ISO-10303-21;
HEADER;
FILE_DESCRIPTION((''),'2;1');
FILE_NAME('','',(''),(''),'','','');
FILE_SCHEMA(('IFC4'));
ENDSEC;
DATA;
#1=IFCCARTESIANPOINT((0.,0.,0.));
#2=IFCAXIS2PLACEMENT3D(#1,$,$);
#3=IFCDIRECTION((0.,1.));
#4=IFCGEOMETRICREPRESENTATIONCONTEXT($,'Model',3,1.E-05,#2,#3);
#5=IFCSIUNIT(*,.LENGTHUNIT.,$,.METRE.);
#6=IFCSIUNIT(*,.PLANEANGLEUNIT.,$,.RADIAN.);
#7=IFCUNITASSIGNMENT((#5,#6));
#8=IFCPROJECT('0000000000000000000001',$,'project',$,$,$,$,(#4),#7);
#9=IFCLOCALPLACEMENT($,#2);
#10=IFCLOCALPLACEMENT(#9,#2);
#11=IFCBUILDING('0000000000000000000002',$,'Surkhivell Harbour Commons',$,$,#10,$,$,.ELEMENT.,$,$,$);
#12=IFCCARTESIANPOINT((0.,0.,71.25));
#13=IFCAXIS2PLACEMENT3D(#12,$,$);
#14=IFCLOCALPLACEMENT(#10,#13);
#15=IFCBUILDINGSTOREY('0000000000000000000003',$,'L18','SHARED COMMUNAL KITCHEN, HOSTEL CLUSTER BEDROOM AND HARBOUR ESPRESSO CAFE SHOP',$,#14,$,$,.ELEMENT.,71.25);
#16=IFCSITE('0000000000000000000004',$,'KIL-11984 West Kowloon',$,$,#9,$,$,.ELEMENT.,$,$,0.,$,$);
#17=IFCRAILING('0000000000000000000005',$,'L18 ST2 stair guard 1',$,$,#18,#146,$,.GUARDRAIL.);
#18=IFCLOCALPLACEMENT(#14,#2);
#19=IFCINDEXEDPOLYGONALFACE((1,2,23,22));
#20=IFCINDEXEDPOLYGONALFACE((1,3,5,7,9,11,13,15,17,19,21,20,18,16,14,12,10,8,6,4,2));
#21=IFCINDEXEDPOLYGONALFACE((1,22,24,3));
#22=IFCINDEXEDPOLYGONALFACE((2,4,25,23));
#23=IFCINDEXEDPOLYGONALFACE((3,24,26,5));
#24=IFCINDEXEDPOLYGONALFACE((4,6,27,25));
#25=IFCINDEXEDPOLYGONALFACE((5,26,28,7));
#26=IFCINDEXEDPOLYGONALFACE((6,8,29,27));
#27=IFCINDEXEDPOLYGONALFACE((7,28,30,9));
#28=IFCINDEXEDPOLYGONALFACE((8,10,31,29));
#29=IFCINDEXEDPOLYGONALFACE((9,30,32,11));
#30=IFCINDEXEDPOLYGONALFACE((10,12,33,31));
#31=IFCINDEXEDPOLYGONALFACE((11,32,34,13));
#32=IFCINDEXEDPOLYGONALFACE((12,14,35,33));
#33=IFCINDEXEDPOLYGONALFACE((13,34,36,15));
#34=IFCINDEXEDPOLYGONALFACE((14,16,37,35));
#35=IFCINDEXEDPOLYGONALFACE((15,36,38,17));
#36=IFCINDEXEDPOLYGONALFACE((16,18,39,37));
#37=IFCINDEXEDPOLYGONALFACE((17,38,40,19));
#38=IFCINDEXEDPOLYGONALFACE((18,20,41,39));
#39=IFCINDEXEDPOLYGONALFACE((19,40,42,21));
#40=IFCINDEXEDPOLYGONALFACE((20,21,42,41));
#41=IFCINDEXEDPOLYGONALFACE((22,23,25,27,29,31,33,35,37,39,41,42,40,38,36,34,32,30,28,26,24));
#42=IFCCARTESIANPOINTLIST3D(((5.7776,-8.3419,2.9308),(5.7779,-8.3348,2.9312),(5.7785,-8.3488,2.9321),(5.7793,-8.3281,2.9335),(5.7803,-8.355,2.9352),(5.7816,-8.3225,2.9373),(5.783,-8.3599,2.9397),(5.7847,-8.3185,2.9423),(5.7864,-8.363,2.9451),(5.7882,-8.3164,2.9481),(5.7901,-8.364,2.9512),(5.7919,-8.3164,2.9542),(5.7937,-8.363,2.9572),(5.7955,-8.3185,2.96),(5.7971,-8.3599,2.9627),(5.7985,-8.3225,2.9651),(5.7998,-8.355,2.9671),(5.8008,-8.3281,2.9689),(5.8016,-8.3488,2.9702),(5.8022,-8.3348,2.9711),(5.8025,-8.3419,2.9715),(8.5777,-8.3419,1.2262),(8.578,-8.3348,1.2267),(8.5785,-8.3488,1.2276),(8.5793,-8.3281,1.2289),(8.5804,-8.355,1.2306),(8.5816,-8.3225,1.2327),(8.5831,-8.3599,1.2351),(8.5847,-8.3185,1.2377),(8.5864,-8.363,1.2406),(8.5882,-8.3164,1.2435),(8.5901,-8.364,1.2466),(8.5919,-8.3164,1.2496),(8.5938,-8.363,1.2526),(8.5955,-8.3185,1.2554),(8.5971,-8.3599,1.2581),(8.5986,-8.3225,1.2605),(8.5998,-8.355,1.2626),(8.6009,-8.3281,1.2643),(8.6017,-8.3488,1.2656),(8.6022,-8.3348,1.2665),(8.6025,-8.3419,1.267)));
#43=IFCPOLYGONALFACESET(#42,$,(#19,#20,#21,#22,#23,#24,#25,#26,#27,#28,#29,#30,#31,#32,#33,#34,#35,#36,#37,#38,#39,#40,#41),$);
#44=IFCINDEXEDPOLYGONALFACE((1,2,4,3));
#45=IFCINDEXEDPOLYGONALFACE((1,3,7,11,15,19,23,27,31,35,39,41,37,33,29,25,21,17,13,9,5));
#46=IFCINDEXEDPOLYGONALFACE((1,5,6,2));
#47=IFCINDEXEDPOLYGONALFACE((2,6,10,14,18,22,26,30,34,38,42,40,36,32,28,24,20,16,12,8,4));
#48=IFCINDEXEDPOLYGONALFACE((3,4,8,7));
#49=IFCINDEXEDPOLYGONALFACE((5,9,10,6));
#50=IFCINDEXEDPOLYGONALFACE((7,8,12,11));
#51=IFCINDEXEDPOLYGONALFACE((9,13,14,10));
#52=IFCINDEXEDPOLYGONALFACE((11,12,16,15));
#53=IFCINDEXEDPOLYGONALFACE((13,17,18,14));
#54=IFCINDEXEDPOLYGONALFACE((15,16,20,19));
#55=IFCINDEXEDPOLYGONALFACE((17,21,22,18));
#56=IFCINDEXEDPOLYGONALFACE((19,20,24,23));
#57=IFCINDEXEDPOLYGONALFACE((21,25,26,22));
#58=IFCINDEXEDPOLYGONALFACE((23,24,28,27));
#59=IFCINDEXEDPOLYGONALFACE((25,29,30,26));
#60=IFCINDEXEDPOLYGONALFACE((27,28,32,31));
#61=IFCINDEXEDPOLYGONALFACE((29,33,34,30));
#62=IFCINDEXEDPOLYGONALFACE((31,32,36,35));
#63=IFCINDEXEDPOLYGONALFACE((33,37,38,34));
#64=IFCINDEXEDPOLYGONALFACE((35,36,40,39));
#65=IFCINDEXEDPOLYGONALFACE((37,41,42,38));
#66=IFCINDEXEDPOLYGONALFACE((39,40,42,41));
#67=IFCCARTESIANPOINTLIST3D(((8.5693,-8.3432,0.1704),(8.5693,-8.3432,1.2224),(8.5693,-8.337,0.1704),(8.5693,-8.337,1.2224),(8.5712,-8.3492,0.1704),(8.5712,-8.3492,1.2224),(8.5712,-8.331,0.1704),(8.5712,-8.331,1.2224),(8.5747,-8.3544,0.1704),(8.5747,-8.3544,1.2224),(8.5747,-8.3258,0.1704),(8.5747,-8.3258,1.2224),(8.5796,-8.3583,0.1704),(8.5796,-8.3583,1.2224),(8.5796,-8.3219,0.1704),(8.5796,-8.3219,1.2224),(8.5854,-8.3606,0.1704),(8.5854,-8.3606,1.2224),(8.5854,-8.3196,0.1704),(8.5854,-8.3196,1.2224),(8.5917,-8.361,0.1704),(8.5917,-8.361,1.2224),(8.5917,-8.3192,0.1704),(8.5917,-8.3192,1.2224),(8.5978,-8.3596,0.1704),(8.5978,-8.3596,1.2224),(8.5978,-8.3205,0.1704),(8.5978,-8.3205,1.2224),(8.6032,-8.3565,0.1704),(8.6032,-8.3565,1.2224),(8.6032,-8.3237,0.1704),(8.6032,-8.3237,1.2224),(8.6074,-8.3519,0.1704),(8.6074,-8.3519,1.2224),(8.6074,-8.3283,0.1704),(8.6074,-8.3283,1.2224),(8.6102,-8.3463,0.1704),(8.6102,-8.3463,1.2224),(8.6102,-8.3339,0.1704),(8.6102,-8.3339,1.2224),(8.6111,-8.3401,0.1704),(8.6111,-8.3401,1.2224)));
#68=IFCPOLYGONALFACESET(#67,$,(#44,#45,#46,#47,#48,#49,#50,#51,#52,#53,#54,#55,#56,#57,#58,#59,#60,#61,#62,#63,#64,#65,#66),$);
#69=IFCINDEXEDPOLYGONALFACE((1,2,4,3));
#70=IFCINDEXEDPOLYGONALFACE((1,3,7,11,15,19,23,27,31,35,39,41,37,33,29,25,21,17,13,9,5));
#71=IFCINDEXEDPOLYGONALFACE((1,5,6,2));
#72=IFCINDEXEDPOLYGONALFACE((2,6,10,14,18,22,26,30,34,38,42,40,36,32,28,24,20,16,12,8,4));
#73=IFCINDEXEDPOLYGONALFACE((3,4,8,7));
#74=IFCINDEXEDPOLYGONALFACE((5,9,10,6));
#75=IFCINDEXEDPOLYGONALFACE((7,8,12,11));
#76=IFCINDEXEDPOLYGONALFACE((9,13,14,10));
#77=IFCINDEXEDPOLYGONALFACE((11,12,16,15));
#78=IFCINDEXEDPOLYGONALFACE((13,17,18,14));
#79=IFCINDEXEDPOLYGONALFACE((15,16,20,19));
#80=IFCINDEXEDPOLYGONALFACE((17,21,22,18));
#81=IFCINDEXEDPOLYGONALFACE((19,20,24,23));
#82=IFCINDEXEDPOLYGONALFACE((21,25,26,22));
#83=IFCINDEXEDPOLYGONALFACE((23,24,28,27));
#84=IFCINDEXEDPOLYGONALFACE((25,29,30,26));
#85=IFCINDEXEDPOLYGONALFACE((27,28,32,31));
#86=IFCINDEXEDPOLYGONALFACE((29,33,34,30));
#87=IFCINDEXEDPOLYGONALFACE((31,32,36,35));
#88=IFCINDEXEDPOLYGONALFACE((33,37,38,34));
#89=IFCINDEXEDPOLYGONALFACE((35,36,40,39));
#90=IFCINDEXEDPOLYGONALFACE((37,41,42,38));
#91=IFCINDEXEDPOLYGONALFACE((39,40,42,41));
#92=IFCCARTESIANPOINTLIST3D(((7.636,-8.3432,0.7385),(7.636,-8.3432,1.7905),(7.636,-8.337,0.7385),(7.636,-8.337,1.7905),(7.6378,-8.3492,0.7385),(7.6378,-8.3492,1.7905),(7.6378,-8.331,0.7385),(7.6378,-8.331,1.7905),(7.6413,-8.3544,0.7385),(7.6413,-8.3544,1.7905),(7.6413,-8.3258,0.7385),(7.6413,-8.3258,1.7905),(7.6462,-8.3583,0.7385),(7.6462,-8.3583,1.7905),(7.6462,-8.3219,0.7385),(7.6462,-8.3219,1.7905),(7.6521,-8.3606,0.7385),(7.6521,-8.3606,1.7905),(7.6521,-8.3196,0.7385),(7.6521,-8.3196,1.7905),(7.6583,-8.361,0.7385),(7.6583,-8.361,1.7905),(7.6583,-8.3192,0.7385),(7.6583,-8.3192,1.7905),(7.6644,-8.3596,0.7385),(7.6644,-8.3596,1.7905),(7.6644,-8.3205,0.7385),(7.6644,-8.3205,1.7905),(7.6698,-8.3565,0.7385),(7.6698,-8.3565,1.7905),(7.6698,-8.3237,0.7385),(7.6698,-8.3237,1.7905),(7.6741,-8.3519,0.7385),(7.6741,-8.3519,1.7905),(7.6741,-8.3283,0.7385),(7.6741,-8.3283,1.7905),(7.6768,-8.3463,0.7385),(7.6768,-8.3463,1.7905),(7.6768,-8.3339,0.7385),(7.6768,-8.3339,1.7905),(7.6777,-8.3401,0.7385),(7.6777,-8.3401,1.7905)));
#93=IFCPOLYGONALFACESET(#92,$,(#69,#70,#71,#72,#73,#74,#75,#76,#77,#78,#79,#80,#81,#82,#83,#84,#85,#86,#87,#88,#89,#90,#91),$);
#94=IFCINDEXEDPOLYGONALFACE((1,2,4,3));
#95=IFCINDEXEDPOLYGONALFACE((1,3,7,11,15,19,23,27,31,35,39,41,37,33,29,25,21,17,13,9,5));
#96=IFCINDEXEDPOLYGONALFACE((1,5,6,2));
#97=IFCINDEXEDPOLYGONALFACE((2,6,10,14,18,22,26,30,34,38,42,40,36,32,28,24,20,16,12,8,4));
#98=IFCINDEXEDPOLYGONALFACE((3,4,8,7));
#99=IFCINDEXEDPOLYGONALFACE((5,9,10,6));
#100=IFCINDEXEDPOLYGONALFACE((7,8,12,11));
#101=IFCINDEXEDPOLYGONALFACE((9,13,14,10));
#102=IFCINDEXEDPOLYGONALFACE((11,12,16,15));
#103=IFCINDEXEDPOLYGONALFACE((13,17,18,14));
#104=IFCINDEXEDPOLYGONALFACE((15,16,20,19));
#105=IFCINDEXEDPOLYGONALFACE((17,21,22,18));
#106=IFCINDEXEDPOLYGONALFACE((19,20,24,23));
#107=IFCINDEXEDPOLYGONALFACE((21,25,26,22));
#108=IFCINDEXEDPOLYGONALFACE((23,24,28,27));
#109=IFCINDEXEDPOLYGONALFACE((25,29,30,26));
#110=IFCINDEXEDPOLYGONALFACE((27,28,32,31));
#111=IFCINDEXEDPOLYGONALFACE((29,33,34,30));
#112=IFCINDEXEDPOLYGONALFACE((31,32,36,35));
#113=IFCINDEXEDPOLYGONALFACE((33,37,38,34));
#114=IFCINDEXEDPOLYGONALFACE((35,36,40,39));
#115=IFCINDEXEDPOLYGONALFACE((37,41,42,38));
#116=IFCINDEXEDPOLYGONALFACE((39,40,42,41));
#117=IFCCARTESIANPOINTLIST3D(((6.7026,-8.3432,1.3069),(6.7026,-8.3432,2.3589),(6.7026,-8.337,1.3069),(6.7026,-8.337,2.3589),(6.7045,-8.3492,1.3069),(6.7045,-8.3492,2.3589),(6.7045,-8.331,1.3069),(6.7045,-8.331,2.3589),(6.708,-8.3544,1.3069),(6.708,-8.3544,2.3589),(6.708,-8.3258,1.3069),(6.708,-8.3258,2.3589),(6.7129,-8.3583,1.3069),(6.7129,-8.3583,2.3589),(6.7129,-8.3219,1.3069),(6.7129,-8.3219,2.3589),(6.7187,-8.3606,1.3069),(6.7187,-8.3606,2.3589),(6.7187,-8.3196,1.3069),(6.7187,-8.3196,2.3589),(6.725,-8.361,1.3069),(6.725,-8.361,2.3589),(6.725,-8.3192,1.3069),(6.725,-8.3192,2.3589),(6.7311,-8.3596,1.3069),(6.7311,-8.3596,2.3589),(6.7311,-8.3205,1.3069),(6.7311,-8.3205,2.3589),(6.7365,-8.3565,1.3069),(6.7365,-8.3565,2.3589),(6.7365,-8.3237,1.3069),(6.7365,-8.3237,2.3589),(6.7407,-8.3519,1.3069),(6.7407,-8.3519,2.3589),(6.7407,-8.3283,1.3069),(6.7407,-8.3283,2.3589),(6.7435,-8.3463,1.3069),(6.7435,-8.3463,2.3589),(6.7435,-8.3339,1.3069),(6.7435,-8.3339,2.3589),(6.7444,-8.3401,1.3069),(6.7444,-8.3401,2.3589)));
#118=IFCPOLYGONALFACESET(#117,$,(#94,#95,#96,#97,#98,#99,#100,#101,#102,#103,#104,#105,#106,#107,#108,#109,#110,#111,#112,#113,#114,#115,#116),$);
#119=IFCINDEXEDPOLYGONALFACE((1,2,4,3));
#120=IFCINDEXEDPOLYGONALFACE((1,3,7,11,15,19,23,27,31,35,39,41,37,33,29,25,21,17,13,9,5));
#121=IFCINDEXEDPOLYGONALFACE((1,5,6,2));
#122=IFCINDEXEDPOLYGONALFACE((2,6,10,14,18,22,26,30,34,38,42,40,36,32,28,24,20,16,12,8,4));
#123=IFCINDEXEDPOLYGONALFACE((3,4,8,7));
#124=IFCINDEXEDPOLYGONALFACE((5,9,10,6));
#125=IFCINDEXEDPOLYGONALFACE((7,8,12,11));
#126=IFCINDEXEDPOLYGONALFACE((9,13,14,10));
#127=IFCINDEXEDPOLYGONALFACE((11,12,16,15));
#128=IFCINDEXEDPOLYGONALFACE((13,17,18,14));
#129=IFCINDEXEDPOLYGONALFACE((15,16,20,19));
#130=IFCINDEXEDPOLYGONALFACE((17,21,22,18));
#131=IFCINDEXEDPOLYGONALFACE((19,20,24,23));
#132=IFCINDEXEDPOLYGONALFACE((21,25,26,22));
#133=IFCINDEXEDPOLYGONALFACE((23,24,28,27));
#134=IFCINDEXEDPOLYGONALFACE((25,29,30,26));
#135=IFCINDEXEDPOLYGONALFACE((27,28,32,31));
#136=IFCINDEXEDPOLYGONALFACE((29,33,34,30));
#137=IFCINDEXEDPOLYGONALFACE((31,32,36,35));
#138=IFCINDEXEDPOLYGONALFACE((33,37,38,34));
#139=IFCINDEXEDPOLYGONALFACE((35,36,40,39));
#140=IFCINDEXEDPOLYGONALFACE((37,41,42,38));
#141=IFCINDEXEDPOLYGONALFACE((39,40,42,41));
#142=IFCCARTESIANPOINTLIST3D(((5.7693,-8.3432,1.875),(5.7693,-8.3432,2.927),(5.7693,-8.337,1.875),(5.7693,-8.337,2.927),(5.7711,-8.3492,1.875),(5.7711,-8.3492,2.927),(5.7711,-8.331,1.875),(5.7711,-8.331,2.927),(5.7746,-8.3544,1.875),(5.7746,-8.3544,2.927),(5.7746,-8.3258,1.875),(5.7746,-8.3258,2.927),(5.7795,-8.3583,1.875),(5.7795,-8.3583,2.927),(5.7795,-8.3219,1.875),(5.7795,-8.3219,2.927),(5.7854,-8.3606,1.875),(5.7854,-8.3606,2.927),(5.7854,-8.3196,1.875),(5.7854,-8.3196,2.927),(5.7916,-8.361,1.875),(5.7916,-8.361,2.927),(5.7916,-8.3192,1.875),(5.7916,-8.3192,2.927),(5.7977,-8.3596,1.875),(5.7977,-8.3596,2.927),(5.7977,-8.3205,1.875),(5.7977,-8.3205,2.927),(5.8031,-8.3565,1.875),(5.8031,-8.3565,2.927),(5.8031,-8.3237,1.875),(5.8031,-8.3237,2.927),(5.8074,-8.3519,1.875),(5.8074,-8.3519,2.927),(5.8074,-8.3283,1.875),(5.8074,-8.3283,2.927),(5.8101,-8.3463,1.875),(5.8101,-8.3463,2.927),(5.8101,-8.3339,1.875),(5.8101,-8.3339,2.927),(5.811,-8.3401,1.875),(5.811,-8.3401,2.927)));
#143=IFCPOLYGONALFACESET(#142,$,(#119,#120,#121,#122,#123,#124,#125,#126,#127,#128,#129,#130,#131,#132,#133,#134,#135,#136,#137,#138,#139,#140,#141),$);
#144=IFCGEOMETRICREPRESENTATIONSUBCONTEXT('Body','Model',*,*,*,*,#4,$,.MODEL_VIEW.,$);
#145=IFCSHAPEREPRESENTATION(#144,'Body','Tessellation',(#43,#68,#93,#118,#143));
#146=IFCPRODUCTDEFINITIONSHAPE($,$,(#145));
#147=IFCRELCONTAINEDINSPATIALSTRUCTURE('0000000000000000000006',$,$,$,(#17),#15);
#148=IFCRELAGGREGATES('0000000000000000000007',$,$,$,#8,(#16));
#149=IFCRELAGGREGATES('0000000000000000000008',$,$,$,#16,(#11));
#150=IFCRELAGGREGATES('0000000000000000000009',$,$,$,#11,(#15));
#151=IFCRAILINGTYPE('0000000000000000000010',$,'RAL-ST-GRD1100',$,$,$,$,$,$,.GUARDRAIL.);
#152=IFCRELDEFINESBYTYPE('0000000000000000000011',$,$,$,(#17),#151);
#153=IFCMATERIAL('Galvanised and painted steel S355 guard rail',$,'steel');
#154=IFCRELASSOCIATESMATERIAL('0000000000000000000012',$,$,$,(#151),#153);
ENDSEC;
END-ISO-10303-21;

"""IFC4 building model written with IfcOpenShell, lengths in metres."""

from ifc_helpers import new_model, si_unit, direction, frame, origin, origin_2d, place, context, subcontext, project, spatial, circle, extrude, material, type_object, element, save


model = new_model("IFC4")

# Units and contexts
model_context = context("Model", 3, precision=1e-05, world=origin(), true_north=direction((0.0, 1.0)))
body_context = subcontext(model_context, "Body", "Model", "MODEL_VIEW")
ifc_project = project(units=[si_unit("LENGTHUNIT", "METRE"), si_unit("PLANEANGLEUNIT", "RADIAN")], contexts=[model_context])

# Site, building, storey
site_placement = place(None, origin())
site = spatial("IfcSite", under=ifc_project, at=site_placement, Name="KIL-11984 West Kowloon", CompositionType="ELEMENT", RefElevation=0.0)
building_placement = place(site_placement, origin())
building = spatial("IfcBuilding", under=site, at=building_placement, Name="Surkhivell Harbour Commons", CompositionType="ELEMENT")
storey_placement = place(building_placement, frame((0.0, 0.0, 71.25)))
storey = spatial("IfcBuildingStorey", under=building, at=storey_placement, Name="L18", Description="SHARED COMMUNAL KITCHEN, HOSTEL CLUSTER BEDROOM AND HARBOUR ESPRESSO CAFE SHOP", CompositionType="ELEMENT", Elevation=71.25)

# Railing
ifc_material_1 = material(Name="Galvanised and painted steel S355 guard rail", Category="steel")
railing_type_1 = type_object("IfcRailingType", Name="RAL-ST-GRD1100", PredefinedType="GUARDRAIL", material=ifc_material_1)
railing_1_placement = place(storey_placement, frame((8.5901, -8.3401, 0.1704)))
element("IfcRailing", 1, at=railing_1_placement, inside=storey, type_object=railing_type_1, Name="L18 ST2 stair guard 1", PredefinedType="GUARDRAIL", context=body_context, shape_type="SweptSolid", body=[
    extrude(circle(Radius=0.0239, at=origin_2d()), frame((0.0, 0.0, 1.0762), z_axis=(-0.85417, 0.0, 0.519994), x_axis=(0.0, -1.0, 0.0)), (0.0, 0.0, 1.0), 3.2781),
    extrude(circle(Radius=0.021, at=origin_2d()), origin(), (0.0, 0.0, 1.0), 1.052),
    extrude(circle(Radius=0.021, at=origin_2d()), frame((-0.9333, 0.0, 0.5681)), (0.0, 0.0, 1.0), 1.052),
    extrude(circle(Radius=0.021, at=origin_2d()), frame((-1.8667, 0.0, 1.1365)), (0.0, 0.0, 1.0), 1.052),
    extrude(circle(Radius=0.021, at=origin_2d()), frame((-2.8, 0.0, 1.7046)), (0.0, 0.0, 1.0), 1.052),
])

save(model, "model.ifc")
